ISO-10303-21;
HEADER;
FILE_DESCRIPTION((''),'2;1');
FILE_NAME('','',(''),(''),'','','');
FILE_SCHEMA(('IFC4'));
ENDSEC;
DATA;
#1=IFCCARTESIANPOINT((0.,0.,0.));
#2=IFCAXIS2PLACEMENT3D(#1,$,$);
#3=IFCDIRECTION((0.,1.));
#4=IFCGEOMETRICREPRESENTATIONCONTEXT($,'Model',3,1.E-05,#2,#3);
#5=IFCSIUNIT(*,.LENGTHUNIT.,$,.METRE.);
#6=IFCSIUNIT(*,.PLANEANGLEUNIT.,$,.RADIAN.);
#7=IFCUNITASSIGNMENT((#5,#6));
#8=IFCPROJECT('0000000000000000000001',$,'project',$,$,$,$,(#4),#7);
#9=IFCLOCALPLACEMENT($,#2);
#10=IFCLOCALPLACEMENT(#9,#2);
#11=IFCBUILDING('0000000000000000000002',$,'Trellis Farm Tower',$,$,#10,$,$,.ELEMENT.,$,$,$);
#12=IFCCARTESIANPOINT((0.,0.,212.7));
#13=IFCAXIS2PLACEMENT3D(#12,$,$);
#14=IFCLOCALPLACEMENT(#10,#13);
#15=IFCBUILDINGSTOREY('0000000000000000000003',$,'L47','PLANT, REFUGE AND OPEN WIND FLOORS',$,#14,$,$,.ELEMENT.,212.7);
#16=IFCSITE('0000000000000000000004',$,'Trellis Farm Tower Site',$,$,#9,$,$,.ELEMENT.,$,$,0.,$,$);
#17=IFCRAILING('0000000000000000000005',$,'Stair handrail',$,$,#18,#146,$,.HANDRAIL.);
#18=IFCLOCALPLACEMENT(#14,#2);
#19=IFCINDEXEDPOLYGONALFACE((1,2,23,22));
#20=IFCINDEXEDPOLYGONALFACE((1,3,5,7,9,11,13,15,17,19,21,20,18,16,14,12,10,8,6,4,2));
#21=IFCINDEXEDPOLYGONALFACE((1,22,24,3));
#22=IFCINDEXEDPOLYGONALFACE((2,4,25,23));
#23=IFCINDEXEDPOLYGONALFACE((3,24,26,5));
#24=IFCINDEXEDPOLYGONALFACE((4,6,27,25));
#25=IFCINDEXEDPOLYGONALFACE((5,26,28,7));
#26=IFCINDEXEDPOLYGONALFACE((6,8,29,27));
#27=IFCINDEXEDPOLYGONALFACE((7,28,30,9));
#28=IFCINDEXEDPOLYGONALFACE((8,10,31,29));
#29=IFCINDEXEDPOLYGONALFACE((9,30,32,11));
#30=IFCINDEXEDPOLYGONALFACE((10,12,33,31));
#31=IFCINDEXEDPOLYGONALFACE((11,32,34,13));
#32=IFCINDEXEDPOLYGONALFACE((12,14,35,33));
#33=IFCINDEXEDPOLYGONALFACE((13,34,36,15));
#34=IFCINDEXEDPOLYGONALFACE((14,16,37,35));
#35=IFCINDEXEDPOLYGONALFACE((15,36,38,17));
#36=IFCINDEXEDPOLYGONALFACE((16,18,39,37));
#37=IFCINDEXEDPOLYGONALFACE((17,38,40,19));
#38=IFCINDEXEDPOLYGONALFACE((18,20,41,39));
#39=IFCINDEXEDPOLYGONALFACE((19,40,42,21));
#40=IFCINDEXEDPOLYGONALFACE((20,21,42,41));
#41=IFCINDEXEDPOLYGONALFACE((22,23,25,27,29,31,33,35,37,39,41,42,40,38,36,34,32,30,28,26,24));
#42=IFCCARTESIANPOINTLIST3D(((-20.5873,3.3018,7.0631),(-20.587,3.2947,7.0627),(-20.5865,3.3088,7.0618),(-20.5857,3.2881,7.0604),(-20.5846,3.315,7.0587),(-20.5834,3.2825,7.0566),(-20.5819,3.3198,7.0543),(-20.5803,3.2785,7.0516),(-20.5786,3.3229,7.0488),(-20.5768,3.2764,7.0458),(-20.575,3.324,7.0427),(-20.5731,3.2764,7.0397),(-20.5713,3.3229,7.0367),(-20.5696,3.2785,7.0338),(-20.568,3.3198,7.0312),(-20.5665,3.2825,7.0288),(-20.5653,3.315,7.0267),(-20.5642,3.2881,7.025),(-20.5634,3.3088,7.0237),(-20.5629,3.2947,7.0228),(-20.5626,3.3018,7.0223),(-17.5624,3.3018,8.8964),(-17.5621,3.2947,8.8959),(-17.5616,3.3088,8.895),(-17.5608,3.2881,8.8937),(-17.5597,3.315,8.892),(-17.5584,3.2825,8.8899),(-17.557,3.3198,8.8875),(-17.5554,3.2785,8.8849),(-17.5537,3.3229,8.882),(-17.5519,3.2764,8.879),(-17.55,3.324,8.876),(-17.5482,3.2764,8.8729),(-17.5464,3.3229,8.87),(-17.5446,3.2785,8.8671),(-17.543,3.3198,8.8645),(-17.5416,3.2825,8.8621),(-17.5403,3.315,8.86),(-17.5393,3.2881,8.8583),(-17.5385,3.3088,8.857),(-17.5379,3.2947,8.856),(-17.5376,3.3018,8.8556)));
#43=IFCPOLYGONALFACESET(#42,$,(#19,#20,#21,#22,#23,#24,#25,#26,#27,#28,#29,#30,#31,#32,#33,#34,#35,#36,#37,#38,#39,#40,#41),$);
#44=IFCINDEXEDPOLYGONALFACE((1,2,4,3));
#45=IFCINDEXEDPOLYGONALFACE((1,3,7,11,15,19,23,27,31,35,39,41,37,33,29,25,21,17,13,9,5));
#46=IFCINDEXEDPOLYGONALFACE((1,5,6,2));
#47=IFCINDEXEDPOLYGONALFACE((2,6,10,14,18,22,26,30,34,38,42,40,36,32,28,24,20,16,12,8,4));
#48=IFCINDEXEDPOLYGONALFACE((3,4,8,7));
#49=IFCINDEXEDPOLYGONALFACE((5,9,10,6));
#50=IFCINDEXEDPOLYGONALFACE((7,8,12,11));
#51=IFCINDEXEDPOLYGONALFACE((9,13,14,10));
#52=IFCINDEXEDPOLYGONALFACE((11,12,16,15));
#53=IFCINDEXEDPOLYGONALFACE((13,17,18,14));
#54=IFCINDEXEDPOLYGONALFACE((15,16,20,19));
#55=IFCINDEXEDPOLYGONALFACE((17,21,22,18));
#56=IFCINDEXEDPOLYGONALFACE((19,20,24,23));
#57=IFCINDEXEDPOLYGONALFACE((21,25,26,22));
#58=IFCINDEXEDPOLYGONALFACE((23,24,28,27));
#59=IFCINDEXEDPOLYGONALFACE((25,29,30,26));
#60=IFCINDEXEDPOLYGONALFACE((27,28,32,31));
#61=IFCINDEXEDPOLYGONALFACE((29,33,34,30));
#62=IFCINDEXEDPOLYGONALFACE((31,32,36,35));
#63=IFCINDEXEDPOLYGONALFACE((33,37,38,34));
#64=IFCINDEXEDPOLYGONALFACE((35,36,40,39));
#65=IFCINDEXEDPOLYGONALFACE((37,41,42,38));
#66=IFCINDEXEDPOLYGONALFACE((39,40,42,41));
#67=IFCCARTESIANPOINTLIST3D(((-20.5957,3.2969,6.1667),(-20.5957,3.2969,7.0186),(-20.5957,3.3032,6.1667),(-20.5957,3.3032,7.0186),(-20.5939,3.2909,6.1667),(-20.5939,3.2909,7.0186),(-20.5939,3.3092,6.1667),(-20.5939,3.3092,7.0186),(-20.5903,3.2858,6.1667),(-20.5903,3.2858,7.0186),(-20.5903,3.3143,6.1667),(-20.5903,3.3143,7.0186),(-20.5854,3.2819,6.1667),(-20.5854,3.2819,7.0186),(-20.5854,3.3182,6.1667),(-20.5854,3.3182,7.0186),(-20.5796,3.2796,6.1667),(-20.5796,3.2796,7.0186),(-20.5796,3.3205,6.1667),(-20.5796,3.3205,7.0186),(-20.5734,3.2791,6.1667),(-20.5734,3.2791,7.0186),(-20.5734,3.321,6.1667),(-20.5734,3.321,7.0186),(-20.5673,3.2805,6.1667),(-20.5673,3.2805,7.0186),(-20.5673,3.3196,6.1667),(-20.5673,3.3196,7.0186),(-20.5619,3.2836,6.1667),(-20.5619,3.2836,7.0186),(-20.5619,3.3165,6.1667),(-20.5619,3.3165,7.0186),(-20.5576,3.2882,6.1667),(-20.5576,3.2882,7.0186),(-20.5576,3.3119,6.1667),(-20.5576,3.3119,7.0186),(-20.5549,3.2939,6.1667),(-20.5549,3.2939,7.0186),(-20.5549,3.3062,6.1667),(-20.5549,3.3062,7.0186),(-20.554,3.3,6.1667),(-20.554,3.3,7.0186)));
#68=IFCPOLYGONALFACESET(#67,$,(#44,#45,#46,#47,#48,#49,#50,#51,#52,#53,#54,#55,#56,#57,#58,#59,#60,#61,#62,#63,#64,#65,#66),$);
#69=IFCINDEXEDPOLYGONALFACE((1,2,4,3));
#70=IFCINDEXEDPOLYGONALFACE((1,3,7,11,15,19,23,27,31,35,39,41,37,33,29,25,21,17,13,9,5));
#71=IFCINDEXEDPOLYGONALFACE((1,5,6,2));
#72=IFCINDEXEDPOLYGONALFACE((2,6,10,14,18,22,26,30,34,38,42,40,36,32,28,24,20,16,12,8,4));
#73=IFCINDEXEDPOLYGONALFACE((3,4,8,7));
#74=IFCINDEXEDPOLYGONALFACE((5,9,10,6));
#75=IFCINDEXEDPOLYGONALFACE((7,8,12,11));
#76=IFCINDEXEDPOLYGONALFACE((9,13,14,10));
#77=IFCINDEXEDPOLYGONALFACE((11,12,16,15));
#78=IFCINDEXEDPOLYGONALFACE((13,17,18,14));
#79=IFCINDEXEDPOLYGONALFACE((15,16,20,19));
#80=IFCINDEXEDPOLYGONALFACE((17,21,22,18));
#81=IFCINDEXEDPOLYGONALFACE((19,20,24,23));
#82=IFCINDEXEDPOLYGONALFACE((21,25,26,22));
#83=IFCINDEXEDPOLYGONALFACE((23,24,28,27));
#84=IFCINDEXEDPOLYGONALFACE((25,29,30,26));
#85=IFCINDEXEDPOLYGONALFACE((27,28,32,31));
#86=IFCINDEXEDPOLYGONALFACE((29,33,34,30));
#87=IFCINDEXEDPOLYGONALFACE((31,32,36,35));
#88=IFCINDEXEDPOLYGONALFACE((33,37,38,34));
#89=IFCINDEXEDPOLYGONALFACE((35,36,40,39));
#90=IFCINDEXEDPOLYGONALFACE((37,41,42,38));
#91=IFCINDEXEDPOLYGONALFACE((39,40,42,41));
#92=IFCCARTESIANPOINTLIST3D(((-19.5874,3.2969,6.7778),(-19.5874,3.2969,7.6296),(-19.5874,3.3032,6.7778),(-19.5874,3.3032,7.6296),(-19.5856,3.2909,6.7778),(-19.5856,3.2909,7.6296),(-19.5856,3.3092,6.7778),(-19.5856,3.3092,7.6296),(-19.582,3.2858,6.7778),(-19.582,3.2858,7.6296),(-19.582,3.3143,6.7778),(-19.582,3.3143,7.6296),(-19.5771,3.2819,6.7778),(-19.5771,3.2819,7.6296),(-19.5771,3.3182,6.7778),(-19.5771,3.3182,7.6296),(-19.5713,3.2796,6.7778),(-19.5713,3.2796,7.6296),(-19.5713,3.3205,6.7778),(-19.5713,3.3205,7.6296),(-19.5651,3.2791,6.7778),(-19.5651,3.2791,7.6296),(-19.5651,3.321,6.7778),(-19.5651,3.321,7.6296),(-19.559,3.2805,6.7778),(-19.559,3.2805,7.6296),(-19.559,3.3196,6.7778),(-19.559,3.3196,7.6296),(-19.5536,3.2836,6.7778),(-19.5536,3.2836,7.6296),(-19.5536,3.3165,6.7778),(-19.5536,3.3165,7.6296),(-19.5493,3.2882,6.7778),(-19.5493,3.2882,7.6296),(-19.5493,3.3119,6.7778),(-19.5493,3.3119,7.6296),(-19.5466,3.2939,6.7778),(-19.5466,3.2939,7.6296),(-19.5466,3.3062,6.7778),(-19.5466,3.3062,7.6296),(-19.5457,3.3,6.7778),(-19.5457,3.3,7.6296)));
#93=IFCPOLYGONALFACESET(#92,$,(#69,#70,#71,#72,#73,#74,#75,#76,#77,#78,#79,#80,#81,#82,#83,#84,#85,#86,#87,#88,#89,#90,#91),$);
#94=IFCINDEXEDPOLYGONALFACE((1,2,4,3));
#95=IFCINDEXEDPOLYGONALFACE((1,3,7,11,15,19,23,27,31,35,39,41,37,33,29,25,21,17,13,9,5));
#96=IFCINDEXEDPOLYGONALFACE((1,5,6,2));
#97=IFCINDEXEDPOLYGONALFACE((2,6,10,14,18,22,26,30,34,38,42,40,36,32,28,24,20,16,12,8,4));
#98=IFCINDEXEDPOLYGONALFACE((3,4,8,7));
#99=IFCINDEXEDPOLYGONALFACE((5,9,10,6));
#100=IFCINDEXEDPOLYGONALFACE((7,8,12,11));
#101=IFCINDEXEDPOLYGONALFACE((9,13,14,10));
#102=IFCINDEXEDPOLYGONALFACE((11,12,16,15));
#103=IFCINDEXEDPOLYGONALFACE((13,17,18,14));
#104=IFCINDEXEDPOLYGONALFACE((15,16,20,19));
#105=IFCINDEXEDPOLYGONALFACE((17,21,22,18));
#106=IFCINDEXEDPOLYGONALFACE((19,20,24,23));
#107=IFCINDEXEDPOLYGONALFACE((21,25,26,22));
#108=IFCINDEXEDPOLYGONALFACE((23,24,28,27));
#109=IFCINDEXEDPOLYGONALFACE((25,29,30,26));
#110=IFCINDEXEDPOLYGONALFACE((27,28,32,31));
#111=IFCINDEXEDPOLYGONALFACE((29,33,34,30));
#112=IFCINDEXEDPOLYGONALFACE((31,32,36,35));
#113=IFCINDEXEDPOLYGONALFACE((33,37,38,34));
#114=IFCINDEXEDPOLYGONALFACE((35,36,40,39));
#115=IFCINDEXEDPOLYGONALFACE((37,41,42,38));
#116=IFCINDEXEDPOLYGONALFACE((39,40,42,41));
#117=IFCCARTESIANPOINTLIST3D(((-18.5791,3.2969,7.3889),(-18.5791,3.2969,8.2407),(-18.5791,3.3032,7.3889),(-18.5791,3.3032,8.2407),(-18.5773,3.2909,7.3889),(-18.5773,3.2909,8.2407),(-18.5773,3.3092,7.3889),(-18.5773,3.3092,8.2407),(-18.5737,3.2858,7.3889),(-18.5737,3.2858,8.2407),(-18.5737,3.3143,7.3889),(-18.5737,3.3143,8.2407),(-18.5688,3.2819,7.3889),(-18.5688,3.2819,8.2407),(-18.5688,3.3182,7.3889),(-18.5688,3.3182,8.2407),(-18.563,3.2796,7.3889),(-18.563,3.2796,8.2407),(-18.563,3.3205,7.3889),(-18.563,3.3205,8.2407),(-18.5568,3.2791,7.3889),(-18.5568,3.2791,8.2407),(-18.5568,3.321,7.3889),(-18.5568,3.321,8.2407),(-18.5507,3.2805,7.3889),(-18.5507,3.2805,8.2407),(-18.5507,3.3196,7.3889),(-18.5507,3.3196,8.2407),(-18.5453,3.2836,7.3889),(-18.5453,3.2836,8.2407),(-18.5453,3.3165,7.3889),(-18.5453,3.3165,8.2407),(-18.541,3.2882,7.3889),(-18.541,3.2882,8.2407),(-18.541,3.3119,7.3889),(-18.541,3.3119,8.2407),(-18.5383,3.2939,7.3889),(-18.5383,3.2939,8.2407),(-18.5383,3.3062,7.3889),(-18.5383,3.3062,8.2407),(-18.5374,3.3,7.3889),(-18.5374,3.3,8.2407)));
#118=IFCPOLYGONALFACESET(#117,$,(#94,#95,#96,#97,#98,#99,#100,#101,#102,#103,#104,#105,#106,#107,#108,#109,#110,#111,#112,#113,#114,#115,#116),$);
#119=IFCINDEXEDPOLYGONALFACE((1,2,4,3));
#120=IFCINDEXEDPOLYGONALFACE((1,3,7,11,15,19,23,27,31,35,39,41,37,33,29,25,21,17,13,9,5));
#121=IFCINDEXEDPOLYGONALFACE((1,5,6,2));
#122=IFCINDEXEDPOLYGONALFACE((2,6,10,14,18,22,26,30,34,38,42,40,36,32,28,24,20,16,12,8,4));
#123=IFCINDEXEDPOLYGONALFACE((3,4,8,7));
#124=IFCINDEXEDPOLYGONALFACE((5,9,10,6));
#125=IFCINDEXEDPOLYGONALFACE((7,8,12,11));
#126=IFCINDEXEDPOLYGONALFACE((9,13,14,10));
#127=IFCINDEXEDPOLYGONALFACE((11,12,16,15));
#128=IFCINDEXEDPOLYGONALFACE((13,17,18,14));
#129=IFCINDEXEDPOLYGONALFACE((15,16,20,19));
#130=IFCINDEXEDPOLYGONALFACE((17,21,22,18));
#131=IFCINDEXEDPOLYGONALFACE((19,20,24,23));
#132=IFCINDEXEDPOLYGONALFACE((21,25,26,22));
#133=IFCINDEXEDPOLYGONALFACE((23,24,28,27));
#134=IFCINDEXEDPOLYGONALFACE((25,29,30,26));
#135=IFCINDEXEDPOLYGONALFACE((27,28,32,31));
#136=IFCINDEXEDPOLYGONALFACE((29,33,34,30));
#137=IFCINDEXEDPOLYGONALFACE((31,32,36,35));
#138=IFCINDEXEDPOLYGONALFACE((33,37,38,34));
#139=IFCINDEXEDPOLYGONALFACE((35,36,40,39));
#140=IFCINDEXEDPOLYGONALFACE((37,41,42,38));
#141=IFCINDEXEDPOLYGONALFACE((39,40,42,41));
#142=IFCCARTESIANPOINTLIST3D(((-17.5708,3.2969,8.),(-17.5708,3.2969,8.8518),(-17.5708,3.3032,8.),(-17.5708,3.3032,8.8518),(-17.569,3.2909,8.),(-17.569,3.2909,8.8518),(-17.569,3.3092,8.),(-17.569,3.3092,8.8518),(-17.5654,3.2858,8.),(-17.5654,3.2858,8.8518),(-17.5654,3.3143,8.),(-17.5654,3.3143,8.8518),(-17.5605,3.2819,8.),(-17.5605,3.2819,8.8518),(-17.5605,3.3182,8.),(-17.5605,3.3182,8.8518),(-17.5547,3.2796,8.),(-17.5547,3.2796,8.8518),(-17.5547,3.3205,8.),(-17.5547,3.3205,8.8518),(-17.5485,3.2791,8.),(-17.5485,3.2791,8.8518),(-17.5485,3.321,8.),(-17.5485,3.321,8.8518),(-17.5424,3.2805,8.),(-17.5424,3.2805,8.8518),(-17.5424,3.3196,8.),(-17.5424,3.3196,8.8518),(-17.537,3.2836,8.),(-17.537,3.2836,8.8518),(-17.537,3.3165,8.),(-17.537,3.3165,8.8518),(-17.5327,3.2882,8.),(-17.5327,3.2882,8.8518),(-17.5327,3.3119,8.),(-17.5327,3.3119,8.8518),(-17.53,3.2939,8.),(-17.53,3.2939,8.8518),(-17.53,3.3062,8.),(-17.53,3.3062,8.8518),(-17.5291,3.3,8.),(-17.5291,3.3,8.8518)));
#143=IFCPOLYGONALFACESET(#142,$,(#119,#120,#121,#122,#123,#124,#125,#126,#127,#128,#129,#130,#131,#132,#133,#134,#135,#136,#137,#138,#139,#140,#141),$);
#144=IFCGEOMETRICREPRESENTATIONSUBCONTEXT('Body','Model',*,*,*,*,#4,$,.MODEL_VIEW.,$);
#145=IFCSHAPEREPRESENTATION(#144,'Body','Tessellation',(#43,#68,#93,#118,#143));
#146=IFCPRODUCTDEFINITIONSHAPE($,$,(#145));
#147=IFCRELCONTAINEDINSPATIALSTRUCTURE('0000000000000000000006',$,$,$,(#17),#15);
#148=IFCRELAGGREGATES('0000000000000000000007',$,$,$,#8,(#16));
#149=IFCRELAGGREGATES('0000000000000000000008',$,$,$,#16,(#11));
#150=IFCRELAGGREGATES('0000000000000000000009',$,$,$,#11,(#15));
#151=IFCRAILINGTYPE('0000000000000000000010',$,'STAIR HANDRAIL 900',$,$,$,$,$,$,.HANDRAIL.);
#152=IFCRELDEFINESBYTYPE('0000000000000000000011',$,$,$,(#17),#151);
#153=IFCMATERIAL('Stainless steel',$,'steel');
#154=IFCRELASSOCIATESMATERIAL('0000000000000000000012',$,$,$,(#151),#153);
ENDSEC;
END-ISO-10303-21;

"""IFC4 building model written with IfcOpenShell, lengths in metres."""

from ifc_helpers import new_model, si_unit, direction, frame, origin, origin_2d, place, context, subcontext, project, spatial, circle, extrude, source, transform, mapped, material, type_object, element, save


model = new_model("IFC4")

# Units and contexts
model_context = context("Model", 3, precision=1e-05, world=origin(), true_north=direction((0.0, 1.0)))
body_context = subcontext(model_context, "Body", "Model", "MODEL_VIEW")
ifc_project = project(units=[si_unit("LENGTHUNIT", "METRE"), si_unit("PLANEANGLEUNIT", "RADIAN")], contexts=[model_context])

# Site, building, storey
site_placement = place(None, origin())
site = spatial("IfcSite", under=ifc_project, at=site_placement, Name="Trellis Farm Tower Site", CompositionType="ELEMENT", RefElevation=0.0)
building_placement = place(site_placement, origin())
building = spatial("IfcBuilding", under=site, at=building_placement, Name="Trellis Farm Tower", CompositionType="ELEMENT")
storey_placement = place(building_placement, frame((0.0, 0.0, 212.7)))
storey = spatial("IfcBuildingStorey", under=building, at=storey_placement, Name="L47", Description="PLANT, REFUGE AND OPEN WIND FLOORS", CompositionType="ELEMENT", Elevation=212.7)

# Railing
ifc_material_1 = material(Name="Stainless steel", Category="steel")
railing_type_1 = type_object("IfcRailingType", Name="STAIR HANDRAIL 900", PredefinedType="HANDRAIL", material=ifc_material_1)
shared_shape_1 = source(origin(), body_context, "Body", "SweptSolid", [
    extrude(circle(Radius=0.0239, at=origin_2d()), frame((0.0, 0.0, 0.876), z_axis=(0.855201, 0.0, 0.518297), x_axis=(0.0, 1.0, 0.0)), (0.0, 0.0, 1.0), 3.5371),
    extrude(circle(Radius=0.021, at=origin_2d()), origin(), (0.0, 0.0, 1.0), 0.8518),
    extrude(circle(Radius=0.021, at=origin_2d()), frame((1.0083, 0.0, 0.6111)), (0.0, 0.0, 1.0), 0.8518),
    extrude(circle(Radius=0.021, at=origin_2d()), frame((2.0166, 0.0, 1.2222)), (0.0, 0.0, 1.0), 0.8518),
    extrude(circle(Radius=0.021, at=origin_2d()), frame((3.0249, 0.0, 1.8333)), (0.0, 0.0, 1.0), 0.8518),
])
for number, where, name in (
    (1, (-20.575, 3.3, 6.1667), "Stair handrail"),
):
    element("IfcRailing", number, at=place(storey_placement, frame(where)), inside=storey, type_object=railing_type_1, Name=name, PredefinedType="HANDRAIL", context=body_context, shape_type="MappedRepresentation", body=[
        mapped(shared_shape_1, transform((0.0, 0.0, 0.0))),
    ])

save(model, "model.ifc")
